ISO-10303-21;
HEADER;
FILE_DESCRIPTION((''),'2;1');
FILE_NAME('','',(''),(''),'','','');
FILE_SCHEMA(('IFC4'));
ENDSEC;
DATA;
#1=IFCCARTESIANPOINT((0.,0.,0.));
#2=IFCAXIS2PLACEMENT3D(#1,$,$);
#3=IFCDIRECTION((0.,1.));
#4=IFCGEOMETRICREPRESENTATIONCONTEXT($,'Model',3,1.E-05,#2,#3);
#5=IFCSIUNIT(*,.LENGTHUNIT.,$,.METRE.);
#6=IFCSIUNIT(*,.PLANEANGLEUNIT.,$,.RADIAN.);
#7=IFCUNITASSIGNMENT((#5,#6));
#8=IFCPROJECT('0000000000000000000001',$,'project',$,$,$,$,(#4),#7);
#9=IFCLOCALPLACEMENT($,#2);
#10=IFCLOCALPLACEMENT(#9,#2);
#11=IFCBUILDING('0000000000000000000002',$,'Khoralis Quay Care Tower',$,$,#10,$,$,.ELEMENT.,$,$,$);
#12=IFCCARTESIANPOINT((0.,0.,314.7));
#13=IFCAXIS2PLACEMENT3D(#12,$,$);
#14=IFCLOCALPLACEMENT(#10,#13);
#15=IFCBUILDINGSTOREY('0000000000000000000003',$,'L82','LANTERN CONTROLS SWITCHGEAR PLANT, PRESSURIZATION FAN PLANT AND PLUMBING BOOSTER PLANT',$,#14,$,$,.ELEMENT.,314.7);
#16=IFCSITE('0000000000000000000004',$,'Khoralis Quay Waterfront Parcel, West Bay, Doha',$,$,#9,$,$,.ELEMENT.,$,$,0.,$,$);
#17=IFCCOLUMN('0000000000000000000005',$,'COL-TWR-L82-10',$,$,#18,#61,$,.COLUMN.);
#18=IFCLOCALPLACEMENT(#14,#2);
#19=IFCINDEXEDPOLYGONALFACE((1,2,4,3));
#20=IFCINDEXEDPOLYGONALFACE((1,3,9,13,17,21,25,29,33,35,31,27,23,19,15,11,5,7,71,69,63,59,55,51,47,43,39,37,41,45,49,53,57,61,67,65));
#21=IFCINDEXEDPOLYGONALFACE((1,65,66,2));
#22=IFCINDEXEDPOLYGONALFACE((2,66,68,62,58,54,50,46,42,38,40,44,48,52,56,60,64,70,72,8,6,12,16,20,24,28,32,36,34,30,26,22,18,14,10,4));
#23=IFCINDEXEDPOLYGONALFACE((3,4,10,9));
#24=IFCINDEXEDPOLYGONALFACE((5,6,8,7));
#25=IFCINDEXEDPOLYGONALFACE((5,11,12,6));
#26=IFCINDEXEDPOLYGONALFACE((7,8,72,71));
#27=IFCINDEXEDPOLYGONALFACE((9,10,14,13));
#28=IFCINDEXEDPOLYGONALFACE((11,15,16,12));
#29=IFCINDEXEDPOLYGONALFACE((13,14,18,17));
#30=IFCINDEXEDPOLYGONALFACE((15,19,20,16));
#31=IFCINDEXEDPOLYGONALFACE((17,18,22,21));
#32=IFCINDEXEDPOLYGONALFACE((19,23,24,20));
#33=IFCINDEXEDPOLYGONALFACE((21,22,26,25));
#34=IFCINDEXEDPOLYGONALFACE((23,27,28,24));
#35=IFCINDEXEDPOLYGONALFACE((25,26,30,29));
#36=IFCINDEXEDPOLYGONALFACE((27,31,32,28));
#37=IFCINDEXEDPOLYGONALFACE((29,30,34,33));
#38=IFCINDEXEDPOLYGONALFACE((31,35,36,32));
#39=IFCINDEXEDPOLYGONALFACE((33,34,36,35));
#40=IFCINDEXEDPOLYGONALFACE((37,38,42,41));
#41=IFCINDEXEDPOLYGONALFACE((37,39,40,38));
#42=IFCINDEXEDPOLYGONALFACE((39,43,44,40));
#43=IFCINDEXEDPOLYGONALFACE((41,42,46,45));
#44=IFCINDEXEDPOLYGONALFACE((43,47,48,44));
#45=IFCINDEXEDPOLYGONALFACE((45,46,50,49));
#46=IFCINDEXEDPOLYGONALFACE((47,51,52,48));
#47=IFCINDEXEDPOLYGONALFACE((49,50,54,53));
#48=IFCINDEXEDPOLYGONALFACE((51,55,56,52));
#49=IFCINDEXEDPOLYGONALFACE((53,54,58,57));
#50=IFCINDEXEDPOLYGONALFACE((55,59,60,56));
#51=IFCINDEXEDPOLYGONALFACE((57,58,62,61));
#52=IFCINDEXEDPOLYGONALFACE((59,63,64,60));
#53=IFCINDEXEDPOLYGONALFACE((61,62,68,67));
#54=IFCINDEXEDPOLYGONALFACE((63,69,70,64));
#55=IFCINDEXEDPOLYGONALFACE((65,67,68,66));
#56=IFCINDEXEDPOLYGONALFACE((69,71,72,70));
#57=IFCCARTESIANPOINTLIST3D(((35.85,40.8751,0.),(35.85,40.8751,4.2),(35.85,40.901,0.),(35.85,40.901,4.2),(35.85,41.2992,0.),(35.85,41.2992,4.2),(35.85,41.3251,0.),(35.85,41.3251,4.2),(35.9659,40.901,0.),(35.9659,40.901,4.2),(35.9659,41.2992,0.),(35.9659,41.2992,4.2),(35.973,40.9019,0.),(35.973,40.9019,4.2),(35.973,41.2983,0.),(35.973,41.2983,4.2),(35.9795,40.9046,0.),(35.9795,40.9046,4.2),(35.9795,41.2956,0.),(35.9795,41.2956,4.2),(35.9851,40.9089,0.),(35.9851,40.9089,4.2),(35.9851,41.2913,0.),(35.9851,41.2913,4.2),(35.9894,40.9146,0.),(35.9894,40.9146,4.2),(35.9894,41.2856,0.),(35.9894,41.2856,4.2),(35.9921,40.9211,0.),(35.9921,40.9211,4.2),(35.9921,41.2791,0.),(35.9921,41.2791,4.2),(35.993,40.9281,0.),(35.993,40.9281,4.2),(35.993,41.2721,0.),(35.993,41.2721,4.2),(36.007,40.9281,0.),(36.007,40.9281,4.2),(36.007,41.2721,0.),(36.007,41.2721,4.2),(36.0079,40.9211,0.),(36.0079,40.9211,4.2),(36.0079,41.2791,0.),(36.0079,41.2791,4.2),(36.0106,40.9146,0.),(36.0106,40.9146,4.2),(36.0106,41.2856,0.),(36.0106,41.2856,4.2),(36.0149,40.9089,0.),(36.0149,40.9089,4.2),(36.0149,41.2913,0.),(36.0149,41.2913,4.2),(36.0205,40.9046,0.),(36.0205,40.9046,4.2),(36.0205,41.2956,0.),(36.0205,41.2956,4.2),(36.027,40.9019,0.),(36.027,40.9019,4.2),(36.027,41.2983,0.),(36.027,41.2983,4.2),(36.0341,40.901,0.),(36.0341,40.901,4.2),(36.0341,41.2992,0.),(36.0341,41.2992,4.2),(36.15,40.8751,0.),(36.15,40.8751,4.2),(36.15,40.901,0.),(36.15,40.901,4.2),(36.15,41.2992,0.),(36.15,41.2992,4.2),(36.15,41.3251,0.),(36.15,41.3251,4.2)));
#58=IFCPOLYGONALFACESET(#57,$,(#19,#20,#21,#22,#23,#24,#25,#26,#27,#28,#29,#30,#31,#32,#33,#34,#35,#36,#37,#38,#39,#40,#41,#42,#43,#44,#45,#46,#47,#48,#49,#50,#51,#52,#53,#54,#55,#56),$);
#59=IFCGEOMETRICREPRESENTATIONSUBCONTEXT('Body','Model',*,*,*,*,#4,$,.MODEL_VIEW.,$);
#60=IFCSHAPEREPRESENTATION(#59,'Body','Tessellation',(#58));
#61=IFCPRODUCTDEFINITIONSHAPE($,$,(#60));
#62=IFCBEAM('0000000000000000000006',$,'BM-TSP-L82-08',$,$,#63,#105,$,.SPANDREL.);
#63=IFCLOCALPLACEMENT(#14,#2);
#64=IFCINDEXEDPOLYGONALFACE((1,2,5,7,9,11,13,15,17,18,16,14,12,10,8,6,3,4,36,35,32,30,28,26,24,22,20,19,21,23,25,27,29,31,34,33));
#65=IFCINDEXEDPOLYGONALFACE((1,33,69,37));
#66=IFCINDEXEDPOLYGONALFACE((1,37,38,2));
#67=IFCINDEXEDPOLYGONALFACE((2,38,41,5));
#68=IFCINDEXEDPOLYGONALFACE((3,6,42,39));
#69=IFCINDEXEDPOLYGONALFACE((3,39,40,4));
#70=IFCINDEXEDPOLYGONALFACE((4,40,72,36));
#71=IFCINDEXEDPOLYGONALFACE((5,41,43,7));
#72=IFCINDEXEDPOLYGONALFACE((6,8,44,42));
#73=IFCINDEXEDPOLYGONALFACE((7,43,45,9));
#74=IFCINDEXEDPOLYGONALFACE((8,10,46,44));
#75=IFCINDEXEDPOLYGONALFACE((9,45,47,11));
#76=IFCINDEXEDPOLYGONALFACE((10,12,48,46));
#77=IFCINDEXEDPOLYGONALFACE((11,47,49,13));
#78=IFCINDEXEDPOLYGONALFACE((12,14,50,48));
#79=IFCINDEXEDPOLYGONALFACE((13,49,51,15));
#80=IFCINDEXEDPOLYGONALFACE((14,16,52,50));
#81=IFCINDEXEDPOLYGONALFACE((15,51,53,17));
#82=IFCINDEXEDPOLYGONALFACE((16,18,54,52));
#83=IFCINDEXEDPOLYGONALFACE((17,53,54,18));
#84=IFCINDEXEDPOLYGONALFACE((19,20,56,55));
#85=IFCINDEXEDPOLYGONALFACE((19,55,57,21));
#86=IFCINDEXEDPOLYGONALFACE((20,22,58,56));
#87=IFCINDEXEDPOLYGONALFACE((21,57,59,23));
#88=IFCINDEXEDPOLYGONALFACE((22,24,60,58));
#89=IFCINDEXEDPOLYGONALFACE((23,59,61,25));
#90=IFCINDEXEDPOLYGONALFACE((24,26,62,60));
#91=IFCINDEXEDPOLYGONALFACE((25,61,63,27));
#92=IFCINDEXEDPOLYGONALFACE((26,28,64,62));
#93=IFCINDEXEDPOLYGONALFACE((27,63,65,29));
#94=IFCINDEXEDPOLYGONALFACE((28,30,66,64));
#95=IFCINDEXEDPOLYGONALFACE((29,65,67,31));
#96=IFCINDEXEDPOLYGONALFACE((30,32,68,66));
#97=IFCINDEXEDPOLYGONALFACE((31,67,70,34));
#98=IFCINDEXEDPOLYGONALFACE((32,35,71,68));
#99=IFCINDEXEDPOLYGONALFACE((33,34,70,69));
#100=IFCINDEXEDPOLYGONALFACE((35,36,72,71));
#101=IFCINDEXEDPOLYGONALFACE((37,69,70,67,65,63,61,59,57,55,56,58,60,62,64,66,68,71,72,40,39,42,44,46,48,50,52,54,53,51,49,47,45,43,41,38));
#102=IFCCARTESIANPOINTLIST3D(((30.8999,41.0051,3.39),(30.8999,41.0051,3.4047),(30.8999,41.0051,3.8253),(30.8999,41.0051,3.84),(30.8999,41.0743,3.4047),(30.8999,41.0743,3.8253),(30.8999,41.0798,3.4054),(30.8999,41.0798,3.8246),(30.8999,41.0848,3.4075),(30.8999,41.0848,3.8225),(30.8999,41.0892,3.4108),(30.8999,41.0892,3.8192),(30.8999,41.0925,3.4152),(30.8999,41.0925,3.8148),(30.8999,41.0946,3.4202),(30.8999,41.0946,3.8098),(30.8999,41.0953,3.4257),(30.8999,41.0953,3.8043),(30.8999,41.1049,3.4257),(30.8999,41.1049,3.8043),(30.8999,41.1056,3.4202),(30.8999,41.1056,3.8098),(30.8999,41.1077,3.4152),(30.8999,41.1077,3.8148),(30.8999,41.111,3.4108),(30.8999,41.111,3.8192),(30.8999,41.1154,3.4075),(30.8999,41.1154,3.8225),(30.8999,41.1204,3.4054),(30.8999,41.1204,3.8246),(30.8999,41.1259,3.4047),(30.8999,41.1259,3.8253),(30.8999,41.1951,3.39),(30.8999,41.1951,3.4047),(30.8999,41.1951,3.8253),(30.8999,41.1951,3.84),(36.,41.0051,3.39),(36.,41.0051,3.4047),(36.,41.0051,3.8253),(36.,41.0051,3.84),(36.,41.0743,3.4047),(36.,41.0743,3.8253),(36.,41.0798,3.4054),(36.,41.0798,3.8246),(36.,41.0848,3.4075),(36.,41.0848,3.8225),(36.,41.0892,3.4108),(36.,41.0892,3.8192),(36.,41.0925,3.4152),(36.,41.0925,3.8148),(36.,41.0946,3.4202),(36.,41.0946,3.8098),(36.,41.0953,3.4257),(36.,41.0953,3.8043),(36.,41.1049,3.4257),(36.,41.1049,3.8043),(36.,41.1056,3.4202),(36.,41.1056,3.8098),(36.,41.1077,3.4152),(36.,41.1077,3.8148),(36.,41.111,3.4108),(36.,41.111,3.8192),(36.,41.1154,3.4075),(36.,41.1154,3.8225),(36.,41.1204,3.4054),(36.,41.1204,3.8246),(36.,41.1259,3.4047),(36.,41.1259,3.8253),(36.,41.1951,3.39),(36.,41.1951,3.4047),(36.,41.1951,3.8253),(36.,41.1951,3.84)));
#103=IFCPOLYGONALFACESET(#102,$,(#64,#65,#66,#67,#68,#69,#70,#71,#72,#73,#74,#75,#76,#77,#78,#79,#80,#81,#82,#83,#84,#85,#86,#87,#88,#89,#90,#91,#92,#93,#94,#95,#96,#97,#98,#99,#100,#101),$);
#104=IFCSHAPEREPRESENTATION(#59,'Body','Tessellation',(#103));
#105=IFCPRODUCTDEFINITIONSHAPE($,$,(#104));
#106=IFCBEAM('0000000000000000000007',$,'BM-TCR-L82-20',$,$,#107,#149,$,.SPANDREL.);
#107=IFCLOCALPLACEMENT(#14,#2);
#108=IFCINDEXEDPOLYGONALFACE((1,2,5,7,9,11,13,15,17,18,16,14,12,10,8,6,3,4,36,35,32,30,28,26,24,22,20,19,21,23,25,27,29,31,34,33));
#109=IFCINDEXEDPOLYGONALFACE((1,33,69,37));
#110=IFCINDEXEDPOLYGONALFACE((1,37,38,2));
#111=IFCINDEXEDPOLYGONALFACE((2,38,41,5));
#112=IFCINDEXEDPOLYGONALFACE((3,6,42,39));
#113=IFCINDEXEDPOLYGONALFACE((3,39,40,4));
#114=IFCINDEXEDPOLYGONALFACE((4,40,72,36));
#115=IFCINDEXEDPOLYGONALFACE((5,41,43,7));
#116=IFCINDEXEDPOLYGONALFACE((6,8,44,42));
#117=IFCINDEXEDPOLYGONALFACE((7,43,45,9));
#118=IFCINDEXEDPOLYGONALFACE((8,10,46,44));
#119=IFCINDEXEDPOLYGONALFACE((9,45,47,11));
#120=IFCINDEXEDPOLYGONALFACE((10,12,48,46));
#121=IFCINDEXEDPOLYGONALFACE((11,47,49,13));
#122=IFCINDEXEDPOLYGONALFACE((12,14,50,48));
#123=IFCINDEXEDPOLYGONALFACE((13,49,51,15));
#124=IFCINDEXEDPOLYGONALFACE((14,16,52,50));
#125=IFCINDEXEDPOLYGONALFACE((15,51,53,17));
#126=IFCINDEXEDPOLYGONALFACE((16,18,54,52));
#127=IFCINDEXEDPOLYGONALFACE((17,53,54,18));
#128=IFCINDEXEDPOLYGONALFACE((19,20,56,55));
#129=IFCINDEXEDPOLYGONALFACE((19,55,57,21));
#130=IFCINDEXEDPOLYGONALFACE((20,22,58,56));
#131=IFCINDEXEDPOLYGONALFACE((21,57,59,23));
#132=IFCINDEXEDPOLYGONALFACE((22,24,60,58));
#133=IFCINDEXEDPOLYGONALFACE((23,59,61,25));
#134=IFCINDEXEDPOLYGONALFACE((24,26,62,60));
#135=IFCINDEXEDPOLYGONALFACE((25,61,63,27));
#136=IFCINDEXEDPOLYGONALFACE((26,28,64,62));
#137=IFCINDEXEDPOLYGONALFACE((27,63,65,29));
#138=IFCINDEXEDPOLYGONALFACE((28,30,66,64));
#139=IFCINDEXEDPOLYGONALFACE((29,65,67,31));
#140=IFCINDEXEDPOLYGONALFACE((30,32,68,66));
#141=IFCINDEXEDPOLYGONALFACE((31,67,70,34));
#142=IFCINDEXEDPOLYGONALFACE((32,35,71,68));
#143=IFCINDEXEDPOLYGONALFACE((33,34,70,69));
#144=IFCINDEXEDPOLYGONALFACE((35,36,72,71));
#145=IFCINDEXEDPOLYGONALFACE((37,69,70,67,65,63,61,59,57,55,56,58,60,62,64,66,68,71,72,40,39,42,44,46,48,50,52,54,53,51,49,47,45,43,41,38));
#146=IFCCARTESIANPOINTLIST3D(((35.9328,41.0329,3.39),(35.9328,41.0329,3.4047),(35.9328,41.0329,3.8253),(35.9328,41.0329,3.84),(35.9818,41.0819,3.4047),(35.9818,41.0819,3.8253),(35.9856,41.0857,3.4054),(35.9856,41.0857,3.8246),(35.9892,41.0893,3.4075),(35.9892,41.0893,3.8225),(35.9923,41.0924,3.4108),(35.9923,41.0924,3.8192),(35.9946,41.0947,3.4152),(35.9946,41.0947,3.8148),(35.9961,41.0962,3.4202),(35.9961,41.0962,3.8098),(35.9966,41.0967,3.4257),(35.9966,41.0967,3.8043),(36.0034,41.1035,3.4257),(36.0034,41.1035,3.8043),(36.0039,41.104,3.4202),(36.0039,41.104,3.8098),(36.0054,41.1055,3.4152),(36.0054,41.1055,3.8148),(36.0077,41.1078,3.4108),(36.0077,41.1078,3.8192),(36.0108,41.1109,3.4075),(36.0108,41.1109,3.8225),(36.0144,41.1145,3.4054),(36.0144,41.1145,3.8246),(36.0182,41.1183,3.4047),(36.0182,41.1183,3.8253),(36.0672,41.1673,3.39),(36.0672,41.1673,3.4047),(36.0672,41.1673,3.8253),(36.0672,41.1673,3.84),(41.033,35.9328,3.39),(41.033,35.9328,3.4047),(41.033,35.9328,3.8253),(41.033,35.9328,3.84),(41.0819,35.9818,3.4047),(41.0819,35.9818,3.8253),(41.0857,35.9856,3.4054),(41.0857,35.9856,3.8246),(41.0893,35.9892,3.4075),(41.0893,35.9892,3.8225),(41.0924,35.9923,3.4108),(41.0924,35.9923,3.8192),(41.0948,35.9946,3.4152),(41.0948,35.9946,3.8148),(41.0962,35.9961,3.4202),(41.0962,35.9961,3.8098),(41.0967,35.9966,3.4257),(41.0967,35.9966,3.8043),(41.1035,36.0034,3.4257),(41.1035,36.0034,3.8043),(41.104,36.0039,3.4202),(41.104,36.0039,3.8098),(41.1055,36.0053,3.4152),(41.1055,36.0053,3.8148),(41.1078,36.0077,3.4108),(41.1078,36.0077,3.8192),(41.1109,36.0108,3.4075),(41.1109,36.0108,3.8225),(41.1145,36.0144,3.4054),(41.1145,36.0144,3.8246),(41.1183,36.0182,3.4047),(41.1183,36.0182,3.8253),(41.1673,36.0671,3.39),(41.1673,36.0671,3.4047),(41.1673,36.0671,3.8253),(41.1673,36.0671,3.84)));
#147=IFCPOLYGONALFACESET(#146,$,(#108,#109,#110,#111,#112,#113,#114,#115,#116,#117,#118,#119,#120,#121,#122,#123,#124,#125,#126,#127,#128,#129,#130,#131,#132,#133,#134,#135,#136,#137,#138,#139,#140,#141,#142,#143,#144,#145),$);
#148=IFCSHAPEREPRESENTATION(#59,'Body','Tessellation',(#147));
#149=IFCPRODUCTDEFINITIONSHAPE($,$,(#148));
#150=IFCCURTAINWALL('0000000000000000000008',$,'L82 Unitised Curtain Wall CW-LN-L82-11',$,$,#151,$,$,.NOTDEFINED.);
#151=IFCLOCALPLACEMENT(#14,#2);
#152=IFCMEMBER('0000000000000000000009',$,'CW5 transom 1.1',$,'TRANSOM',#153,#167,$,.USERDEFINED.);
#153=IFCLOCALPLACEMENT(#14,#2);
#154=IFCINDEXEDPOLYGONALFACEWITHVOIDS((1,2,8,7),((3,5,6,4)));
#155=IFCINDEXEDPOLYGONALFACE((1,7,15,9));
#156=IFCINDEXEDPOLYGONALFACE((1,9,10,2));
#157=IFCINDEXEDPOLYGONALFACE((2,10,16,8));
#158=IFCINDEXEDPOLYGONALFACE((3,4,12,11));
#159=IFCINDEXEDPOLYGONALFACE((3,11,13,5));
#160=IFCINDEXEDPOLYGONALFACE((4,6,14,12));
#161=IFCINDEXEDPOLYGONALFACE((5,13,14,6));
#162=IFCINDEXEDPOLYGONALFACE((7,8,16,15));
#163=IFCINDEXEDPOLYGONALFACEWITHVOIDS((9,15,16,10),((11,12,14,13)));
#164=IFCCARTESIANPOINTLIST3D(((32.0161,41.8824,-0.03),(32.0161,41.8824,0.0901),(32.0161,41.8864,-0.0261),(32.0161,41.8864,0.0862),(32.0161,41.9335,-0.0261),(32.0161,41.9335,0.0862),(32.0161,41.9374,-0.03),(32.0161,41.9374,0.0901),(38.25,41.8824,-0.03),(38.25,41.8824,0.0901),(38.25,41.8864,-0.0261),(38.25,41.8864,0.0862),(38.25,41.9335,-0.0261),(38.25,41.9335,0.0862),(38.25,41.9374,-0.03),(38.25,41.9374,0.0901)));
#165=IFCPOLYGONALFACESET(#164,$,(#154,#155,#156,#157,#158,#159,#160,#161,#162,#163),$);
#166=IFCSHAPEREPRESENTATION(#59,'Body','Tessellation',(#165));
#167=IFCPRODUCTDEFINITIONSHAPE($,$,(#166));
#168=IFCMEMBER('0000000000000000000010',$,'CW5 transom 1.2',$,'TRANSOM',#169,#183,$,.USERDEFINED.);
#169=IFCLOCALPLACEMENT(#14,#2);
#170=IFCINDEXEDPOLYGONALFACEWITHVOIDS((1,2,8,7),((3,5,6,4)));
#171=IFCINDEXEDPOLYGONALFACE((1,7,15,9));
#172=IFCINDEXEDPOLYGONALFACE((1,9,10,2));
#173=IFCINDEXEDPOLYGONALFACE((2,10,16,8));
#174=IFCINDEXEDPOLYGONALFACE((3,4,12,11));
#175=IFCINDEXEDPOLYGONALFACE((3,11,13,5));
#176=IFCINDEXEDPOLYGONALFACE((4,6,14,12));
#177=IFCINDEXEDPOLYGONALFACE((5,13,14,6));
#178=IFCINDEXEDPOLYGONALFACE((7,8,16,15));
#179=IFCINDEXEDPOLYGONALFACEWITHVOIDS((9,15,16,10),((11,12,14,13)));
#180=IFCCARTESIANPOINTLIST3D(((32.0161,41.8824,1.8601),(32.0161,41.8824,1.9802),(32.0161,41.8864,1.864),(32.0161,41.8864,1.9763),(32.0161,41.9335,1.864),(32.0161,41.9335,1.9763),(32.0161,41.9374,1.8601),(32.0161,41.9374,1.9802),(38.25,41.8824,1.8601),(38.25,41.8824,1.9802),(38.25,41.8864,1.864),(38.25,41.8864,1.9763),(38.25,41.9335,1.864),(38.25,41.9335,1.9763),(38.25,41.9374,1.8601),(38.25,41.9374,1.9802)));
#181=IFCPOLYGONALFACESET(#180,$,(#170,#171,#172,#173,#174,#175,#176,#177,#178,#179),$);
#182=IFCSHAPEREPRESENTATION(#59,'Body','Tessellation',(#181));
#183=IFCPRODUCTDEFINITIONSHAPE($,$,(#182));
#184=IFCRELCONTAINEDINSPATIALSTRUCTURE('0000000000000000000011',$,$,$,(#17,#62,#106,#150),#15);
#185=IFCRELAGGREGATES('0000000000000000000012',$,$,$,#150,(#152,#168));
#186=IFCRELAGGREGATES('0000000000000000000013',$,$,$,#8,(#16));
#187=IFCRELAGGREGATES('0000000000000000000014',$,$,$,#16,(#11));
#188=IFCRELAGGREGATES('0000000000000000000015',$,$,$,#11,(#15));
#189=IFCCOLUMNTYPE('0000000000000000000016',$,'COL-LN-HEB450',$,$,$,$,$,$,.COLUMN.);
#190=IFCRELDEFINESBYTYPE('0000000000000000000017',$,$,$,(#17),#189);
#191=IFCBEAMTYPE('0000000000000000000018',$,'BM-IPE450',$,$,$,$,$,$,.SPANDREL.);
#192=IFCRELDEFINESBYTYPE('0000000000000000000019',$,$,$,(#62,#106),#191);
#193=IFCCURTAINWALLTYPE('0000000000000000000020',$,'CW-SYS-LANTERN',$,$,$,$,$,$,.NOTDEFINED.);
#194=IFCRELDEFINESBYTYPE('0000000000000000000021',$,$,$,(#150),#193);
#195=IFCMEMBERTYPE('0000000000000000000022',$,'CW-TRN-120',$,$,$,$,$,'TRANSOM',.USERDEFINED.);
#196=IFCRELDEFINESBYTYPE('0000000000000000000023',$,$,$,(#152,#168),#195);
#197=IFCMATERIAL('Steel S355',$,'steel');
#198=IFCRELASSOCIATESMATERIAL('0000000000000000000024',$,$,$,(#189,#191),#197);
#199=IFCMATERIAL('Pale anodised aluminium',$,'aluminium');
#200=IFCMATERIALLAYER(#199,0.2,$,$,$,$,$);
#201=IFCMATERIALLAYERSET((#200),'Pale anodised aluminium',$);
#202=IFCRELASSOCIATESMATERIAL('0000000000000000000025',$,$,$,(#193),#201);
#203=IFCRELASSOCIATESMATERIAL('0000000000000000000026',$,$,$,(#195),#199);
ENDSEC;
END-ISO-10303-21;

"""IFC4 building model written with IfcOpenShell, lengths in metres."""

from ifc_helpers import new_model, si_unit, direction, frame, origin, origin_2d, place, context, subcontext, project, spatial, hollow_rectangle, i_section, extrude, source, transform, mapped, material, layer, layer_set, material_profile, profile_set, type_object, element, aggregate, save


model = new_model("IFC4")

# Units and contexts
model_context = context("Model", 3, precision=1e-05, world=origin(), true_north=direction((0.0, 1.0)))
body_context = subcontext(model_context, "Body", "Model", "MODEL_VIEW")
ifc_project = project(units=[si_unit("LENGTHUNIT", "METRE"), si_unit("PLANEANGLEUNIT", "RADIAN")], contexts=[model_context])

# Site, building, storey
site_placement = place(None, origin())
site = spatial("IfcSite", under=ifc_project, at=site_placement, Name="Khoralis Quay Waterfront Parcel, West Bay, Doha", CompositionType="ELEMENT", RefElevation=0.0)
building_placement = place(site_placement, origin())
building = spatial("IfcBuilding", under=site, at=building_placement, Name="Khoralis Quay Care Tower", CompositionType="ELEMENT")
storey_placement = place(building_placement, frame((0.0, 0.0, 314.7)))
storey = spatial("IfcBuildingStorey", under=building, at=storey_placement, Name="L82", Description="LANTERN CONTROLS SWITCHGEAR PLANT, PRESSURIZATION FAN PLANT AND PLUMBING BOOSTER PLANT", CompositionType="ELEMENT", Elevation=314.7)

# Column
ifc_material_1 = material(Name="Steel S355", Category="steel")
ifc_material_profile_1 = material_profile(ifc_material_1, i_section(OverallWidth=0.3, OverallDepth=0.45, WebThickness=0.0139, FlangeThickness=0.0259, FilletRadius=0.0271, at=origin_2d()), Name="Steel S355")
ifc_profile_set_1 = profile_set([ifc_material_profile_1], Name="Steel S355")
column_type = type_object("IfcColumnType", Name="COL-LN-HEB450", PredefinedType="COLUMN", material=ifc_profile_set_1)
shared_shape_1 = source(origin(), body_context, "Body", "SweptSolid", [
    extrude(i_section(OverallWidth=0.3, OverallDepth=0.45, WebThickness=0.0139, FlangeThickness=0.0259, FilletRadius=0.0271, at=origin_2d()), origin(), (0.0, 0.0, 1.0), 4.2),
])
column_placement = place(storey_placement, frame((36.0, 41.1001, 0.0), z_axis=(0.0, 0.0, 1.0), x_axis=(1.0, 0.0, 0.0)))
element("IfcColumn", 1, at=column_placement, inside=storey, type_object=column_type, Name="COL-TWR-L82-10", PredefinedType="COLUMN", context=body_context, shape_type="MappedRepresentation", body=[
    mapped(shared_shape_1, transform((0.0, 0.0, 0.0), scale=1.0)),
])

# Beams
ifc_material_profile_2 = material_profile(ifc_material_1, i_section(OverallWidth=0.1899, OverallDepth=0.45, WebThickness=0.0095, FlangeThickness=0.0146, FilletRadius=0.021, at=origin_2d()), Name="Steel S355")
ifc_profile_set_2 = profile_set([ifc_material_profile_2], Name="Steel S355")
beam_type = type_object("IfcBeamType", Name="BM-IPE450", PredefinedType="SPANDREL", material=ifc_profile_set_2)
shared_shape_2 = source(origin(), body_context, "Body", "SweptSolid", [
    extrude(i_section(OverallWidth=0.1899, OverallDepth=0.45, WebThickness=0.0095, FlangeThickness=0.0146, FilletRadius=0.021, at=origin_2d()), origin(), (0.0, 0.0, 1.0), 5.1001),
])
beam_1_placement = place(storey_placement, frame((30.8999, 41.1001, 3.615), z_axis=(1.0, 0.0, 0.0), x_axis=(0.0, 1.0, 0.0)))
element("IfcBeam", 2, at=beam_1_placement, inside=storey, type_object=beam_type, Name="BM-TSP-L82-08", PredefinedType="SPANDREL", context=body_context, shape_type="MappedRepresentation", body=[
    mapped(shared_shape_2, transform((0.0, 0.0, 0.0), scale=1.0)),
])
shared_shape_3 = source(origin(), body_context, "Body", "SweptSolid", [
    extrude(i_section(OverallWidth=0.1899, OverallDepth=0.45, WebThickness=0.0095, FlangeThickness=0.0146, FilletRadius=0.021, at=origin_2d()), origin(), (0.0, 0.0, 1.0), 7.2126),
])
beam_2_placement = place(storey_placement, frame((36.0, 41.1001, 3.615), z_axis=(0.707107, -0.707107, 0.0), x_axis=(0.707107, 0.707107, 0.0)))
element("IfcBeam", 3, at=beam_2_placement, inside=storey, type_object=beam_type, Name="BM-TCR-L82-20", PredefinedType="SPANDREL", context=body_context, shape_type="MappedRepresentation", body=[
    mapped(shared_shape_3, transform((0.0, 0.0, 0.0), scale=1.0)),
])

# Curtain wall, members
ifc_material_2 = material(Name="Pale anodised aluminium", Category="aluminium")
ifc_layer_1 = layer(ifc_material_2, 0.2)
ifc_layer_set_1 = layer_set([ifc_layer_1], Name="Pale anodised aluminium")
curtain_wall_type = type_object("IfcCurtainWallType", Name="CW-SYS-LANTERN", PredefinedType="NOTDEFINED", material=ifc_layer_set_1)
curtain_wall_placement = place(storey_placement, origin())
curtain_wall = element("IfcCurtainWall", 4, at=curtain_wall_placement, inside=storey, type_object=curtain_wall_type, Name="L82 Unitised Curtain Wall CW-LN-L82-11", PredefinedType="NOTDEFINED")
ifc_material_profile_3 = material_profile(ifc_material_2, hollow_rectangle(XDim=0.0549, YDim=0.1201, WallThickness=0.0039, at=origin_2d()), Name="Pale anodised aluminium")
ifc_profile_set_3 = profile_set([ifc_material_profile_3], Name="Pale anodised aluminium")
member_type_1 = type_object("IfcMemberType", Name="CW-TRN-120", ElementType="TRANSOM", PredefinedType="USERDEFINED", material=ifc_profile_set_3)
shared_shape_4 = source(origin(), body_context, "Body", "SweptSolid", [
    extrude(hollow_rectangle(XDim=0.0549, YDim=0.1201, WallThickness=0.0039, at=origin_2d()), origin(), (0.0, 0.0, 1.0), 6.2339),
])
member_1_placement = place(storey_placement, frame((38.25, 41.9099, 0.03), z_axis=(-1.0, 0.0, 0.0), x_axis=(0.0, -1.0, 0.0)))
member_1 = element("IfcMember", 5, at=member_1_placement, type_object=member_type_1, Name="CW5 transom 1.1", ObjectType="TRANSOM", PredefinedType="USERDEFINED", context=body_context, shape_type="MappedRepresentation", body=[
    mapped(shared_shape_4, transform((0.0, 0.0, 0.0), scale=1.0)),
])
member_2_placement = place(storey_placement, frame((38.25, 41.9099, 1.9202), z_axis=(-1.0, 0.0, 0.0), x_axis=(0.0, -1.0, 0.0)))
member_2 = element("IfcMember", 6, at=member_2_placement, type_object=member_type_1, Name="CW5 transom 1.2", ObjectType="TRANSOM", PredefinedType="USERDEFINED", context=body_context, shape_type="MappedRepresentation", body=[
    mapped(shared_shape_4, transform((0.0, 0.0, 0.0), scale=1.0)),
])
aggregate(curtain_wall, [member_1, member_2])

save(model, "model.ifc")
